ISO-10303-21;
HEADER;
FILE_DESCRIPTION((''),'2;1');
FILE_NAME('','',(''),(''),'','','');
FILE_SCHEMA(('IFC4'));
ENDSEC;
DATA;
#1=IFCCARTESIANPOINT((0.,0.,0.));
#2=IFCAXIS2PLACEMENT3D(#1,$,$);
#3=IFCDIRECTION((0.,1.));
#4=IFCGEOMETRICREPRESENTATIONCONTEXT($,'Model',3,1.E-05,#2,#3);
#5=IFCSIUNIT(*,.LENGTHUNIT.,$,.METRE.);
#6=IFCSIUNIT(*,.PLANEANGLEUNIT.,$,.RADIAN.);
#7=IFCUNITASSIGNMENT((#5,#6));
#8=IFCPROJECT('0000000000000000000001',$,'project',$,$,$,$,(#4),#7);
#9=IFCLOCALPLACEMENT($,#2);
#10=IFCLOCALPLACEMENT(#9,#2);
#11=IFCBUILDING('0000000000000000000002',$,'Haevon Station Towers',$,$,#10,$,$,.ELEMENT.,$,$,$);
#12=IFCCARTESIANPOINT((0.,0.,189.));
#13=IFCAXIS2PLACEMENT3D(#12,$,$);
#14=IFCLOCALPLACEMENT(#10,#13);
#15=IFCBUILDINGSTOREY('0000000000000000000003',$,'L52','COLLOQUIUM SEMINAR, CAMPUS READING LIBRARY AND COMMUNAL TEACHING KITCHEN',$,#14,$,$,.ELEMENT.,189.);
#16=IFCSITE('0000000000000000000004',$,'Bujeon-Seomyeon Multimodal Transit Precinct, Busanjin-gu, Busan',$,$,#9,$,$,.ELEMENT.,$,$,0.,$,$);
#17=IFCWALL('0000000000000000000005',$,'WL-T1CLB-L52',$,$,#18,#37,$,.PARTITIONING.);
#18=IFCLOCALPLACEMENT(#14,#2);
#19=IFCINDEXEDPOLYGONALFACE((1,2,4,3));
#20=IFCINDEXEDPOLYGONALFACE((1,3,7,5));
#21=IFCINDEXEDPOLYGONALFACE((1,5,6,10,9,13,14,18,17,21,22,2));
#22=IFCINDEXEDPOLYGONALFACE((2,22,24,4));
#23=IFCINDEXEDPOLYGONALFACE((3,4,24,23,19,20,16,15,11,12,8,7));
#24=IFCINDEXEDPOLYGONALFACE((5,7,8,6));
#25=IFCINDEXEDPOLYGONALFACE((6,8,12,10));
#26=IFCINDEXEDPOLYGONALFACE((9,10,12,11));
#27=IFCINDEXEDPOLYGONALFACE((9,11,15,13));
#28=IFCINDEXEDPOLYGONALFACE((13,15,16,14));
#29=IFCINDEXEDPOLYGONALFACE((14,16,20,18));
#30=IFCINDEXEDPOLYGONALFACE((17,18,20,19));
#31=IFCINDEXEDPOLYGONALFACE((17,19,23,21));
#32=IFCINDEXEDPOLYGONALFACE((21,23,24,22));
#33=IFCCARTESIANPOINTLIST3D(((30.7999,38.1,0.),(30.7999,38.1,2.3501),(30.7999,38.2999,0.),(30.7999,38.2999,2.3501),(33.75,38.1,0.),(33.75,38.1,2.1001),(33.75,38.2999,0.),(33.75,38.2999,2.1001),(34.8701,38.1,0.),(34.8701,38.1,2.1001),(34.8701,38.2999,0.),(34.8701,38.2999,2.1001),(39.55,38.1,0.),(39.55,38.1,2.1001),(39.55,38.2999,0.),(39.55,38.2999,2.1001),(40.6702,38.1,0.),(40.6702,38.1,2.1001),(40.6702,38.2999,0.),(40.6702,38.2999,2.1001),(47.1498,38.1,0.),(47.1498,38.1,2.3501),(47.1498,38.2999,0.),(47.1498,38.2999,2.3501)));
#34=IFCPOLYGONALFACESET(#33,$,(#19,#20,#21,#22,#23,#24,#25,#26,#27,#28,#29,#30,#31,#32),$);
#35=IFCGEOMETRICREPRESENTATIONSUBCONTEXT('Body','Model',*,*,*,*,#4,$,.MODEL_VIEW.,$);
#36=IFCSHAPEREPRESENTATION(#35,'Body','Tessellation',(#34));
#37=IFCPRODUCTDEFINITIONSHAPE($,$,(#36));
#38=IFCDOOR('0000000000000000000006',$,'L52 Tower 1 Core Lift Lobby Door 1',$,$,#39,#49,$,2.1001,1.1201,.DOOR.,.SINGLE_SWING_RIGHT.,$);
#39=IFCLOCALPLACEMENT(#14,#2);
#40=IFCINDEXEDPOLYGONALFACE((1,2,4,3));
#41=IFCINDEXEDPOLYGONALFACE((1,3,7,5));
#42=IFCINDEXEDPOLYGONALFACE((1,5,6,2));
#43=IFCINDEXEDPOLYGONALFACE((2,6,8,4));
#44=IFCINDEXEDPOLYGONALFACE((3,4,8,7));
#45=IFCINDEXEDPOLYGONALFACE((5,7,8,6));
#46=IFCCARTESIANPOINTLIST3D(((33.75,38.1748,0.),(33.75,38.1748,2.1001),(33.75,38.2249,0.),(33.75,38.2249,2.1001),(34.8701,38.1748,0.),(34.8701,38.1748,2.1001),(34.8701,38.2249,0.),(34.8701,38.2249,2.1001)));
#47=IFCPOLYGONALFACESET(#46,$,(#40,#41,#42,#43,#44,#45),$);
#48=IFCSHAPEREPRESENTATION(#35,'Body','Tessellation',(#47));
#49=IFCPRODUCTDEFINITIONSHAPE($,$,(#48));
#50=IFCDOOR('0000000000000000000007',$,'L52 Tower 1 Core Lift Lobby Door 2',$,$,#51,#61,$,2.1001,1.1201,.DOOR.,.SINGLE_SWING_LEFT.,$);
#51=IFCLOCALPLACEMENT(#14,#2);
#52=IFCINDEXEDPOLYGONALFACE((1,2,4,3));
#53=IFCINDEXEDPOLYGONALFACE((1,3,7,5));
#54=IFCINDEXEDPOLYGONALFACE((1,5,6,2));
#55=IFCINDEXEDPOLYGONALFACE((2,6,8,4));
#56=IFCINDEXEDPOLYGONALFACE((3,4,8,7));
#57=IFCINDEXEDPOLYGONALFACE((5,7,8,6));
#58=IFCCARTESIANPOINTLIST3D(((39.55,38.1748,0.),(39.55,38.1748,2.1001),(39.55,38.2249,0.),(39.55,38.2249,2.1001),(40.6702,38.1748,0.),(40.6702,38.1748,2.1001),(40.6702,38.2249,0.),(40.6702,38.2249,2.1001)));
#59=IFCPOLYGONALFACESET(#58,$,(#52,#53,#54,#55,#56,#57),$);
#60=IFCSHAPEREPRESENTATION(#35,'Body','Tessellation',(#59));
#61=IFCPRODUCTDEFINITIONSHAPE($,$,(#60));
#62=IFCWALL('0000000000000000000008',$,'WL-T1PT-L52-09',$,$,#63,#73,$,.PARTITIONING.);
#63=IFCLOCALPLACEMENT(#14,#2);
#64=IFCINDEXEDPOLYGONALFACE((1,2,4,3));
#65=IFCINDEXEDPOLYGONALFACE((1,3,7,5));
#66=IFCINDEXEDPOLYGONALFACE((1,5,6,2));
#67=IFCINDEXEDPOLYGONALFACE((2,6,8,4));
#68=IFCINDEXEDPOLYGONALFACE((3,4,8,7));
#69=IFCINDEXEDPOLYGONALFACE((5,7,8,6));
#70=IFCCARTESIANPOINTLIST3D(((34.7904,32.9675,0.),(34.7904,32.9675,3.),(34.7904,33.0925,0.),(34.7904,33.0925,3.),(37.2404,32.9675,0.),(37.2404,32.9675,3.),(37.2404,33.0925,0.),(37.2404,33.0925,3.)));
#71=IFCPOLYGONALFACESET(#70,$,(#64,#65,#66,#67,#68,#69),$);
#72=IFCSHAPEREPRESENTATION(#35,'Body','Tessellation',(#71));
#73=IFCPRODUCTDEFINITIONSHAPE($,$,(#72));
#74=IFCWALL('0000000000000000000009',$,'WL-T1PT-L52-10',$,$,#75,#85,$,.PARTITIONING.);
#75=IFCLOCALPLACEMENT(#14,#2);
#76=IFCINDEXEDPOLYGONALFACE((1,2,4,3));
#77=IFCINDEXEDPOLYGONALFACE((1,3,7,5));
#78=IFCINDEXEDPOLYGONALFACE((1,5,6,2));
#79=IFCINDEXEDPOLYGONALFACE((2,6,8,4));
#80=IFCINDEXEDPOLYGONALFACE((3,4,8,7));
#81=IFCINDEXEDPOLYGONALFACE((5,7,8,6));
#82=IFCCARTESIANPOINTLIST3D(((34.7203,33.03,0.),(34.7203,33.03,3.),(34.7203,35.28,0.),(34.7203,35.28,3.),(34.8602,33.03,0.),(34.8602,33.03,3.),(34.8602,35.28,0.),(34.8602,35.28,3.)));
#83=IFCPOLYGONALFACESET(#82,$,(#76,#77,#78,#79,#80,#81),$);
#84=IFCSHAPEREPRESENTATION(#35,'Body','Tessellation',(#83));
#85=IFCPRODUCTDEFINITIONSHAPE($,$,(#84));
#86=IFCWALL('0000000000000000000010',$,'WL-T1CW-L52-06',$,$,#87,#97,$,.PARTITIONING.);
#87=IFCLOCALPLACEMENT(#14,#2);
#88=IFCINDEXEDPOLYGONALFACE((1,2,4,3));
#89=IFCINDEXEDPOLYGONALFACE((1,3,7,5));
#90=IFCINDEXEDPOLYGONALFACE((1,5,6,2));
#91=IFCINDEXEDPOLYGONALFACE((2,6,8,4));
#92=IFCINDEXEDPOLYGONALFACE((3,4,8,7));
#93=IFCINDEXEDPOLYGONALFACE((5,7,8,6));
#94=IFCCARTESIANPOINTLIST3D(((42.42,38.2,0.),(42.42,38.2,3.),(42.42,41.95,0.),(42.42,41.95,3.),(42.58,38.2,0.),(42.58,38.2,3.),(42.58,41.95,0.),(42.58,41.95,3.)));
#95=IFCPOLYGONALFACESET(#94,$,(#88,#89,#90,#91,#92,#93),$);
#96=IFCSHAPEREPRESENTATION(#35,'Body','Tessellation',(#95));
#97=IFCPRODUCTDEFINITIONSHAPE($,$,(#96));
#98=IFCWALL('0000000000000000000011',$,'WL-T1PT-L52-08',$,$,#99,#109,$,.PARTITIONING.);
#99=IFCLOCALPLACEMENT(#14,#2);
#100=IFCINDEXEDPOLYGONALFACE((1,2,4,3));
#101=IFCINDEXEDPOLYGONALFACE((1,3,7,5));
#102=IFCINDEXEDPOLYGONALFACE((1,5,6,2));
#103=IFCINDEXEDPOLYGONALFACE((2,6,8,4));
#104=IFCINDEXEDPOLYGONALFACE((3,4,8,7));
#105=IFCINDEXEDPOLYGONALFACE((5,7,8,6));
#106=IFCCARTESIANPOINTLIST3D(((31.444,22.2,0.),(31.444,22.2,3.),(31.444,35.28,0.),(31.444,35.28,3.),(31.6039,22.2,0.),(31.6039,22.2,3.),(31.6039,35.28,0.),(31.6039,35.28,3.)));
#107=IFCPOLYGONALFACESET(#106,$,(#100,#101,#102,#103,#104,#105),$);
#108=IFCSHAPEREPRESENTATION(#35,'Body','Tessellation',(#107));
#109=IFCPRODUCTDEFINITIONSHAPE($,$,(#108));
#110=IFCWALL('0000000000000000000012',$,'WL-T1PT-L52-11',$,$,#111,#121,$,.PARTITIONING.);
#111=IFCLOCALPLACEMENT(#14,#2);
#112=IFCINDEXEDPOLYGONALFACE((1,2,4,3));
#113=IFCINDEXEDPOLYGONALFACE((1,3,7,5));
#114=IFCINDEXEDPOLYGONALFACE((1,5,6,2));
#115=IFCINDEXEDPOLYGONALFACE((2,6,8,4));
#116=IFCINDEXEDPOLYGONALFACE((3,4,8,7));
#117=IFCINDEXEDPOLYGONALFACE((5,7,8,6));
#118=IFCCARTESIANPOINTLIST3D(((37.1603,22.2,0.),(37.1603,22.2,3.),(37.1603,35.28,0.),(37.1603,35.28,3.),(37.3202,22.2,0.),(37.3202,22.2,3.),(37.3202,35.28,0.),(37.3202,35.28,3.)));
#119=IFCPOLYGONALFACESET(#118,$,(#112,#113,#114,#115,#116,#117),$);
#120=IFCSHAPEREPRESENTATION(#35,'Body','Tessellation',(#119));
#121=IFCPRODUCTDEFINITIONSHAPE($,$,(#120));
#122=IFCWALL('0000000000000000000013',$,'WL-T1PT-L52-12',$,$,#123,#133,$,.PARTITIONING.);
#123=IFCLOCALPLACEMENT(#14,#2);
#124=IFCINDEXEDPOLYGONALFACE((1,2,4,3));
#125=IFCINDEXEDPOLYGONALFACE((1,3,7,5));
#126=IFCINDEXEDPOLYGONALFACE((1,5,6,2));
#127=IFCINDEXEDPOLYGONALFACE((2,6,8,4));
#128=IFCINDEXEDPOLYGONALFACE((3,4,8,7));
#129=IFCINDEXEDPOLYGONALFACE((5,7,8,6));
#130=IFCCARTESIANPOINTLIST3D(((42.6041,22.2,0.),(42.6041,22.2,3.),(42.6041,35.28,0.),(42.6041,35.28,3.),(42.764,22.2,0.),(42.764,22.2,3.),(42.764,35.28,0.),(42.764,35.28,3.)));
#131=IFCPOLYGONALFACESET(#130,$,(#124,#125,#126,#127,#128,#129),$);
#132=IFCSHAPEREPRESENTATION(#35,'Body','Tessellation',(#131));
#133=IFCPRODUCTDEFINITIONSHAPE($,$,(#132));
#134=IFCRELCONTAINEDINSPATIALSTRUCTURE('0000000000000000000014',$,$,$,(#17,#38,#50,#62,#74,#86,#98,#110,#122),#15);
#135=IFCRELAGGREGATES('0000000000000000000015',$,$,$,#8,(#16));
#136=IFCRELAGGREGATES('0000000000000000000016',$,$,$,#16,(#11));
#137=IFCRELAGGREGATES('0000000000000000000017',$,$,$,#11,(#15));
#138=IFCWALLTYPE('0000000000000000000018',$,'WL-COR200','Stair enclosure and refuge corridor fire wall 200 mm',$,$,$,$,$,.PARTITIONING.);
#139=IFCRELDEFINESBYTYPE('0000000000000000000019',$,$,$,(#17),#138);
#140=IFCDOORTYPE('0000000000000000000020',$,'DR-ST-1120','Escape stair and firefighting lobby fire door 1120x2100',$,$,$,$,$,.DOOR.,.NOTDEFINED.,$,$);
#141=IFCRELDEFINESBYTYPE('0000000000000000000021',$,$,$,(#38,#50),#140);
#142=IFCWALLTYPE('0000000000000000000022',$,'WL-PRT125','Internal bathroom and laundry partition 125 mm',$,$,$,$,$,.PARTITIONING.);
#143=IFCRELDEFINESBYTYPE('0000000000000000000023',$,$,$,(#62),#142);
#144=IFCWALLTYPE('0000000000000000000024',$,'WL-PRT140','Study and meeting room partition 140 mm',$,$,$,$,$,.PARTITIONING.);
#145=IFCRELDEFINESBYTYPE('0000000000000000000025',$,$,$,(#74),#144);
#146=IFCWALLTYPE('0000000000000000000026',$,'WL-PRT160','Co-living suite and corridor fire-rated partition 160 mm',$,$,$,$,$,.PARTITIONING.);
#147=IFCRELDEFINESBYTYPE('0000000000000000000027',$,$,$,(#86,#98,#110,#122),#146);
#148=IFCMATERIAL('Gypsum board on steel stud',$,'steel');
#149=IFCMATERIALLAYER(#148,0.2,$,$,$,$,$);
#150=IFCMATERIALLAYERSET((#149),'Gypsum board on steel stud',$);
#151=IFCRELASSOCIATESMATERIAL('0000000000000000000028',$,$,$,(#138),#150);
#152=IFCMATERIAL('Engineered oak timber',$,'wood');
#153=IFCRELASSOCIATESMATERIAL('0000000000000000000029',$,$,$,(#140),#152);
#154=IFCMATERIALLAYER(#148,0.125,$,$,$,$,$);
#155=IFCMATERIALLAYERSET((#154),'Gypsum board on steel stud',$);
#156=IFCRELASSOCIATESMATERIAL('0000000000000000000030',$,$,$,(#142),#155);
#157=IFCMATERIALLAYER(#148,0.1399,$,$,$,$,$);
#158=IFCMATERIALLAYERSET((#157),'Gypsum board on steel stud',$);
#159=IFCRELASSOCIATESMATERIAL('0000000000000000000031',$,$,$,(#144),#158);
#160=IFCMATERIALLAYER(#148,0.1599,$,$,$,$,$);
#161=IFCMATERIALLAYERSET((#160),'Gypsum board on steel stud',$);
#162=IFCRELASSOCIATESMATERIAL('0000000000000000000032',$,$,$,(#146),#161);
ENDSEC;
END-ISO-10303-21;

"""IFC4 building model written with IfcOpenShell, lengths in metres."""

from ifc_helpers import new_model, si_unit, direction, frame, frame_2d, origin, place, context, subcontext, project, spatial, rectangle, extrude, material, layer, layer_set, type_object, element, fill, save


model = new_model("IFC4")

# Units and contexts
model_context = context("Model", 3, precision=1e-05, world=origin(), true_north=direction((0.0, 1.0)))
body_context = subcontext(model_context, "Body", "Model", "MODEL_VIEW")
ifc_project = project(units=[si_unit("LENGTHUNIT", "METRE"), si_unit("PLANEANGLEUNIT", "RADIAN")], contexts=[model_context])

# Site, building, storey
site_placement = place(None, origin())
site = spatial("IfcSite", under=ifc_project, at=site_placement, Name="Bujeon-Seomyeon Multimodal Transit Precinct, Busanjin-gu, Busan", CompositionType="ELEMENT", RefElevation=0.0)
building_placement = place(site_placement, origin())
building = spatial("IfcBuilding", under=site, at=building_placement, Name="Haevon Station Towers", CompositionType="ELEMENT")
storey_placement = place(building_placement, frame((0.0, 0.0, 189.0)))
storey = spatial("IfcBuildingStorey", under=building, at=storey_placement, Name="L52", Description="COLLOQUIUM SEMINAR, CAMPUS READING LIBRARY AND COMMUNAL TEACHING KITCHEN", CompositionType="ELEMENT", Elevation=189.0)

# Shared definitions
ifc_material_1 = material(Name="Gypsum board on steel stud", Category="steel")
ifc_layer_1 = layer(ifc_material_1, 0.2)
ifc_layer_set_1 = layer_set([ifc_layer_1], Name="Gypsum board on steel stud")
wall_type_1 = type_object("IfcWallType", Name="WL-COR200", Description="Stair enclosure and refuge corridor fire wall 200 mm", PredefinedType="PARTITIONING", material=ifc_layer_set_1)
ifc_material_2 = material(Name="Engineered oak timber", Category="wood")

# Wall, openings, doors
wall_1_placement = place(storey_placement, frame((30.8, 38.2, 0.0), z_axis=(0.0, 0.0, 1.0), x_axis=(1.0, 0.0, 0.0)))
wall_1 = element("IfcWall", 1, at=wall_1_placement, inside=storey, type_object=wall_type_1, Name="WL-T1CLB-L52", PredefinedType="PARTITIONING", context=body_context, shape_type="SweptSolid", body=[
    extrude(rectangle(XDim=16.3499, YDim=0.2, at=frame_2d((8.1748, 0.0))), origin(), (0.0, 0.0, 1.0), 2.3501),
])
opening_1_placement = place(wall_1_placement, frame((2.95, 0.0, 0.0)))
opening_1 = element("IfcOpeningElement", 2, at=opening_1_placement, cuts=wall_1, PredefinedType="OPENING", context=body_context, shape_type="SweptSolid", body=[
    extrude(rectangle(XDim=1.1201, YDim=2.1001, at=frame_2d((0.5601, 1.05))), frame((0.0, 0.1099, 0.0), z_axis=(0.0, -1.0, 0.0), x_axis=(1.0, 0.0, 0.0)), (0.0, 0.0, 1.0), 0.22),
])
opening_2_placement = place(wall_1_placement, frame((8.75, 0.0, 0.0)))
opening_2 = element("IfcOpeningElement", 3, at=opening_2_placement, cuts=wall_1, PredefinedType="OPENING", context=body_context, shape_type="SweptSolid", body=[
    extrude(rectangle(XDim=1.1201, YDim=2.1001, at=frame_2d((0.5601, 1.05))), frame((0.0, 0.1099, 0.0), z_axis=(0.0, -1.0, 0.0), x_axis=(1.0, 0.0, 0.0)), (0.0, 0.0, 1.0), 0.22),
])
door_type_1 = type_object("IfcDoorType", Name="DR-ST-1120", Description="Escape stair and firefighting lobby fire door 1120x2100", OperationType="NOTDEFINED", PredefinedType="DOOR", material=ifc_material_2)
door_1_placement = place(opening_1_placement, origin())
door_1 = element("IfcDoor", 4, at=door_1_placement, inside=storey, type_object=door_type_1, Name="L52 Tower 1 Core Lift Lobby Door 1", OperationType="SINGLE_SWING_RIGHT", OverallHeight=2.1001, OverallWidth=1.1201, PredefinedType="DOOR", context=body_context, shape_type="SweptSolid", body=[
    extrude(rectangle(XDim=1.1201, YDim=2.1001, at=frame_2d((0.5601, 1.05))), frame((0.0, 0.0249, 0.0), z_axis=(0.0, -1.0, 0.0), x_axis=(1.0, 0.0, 0.0)), (0.0, 0.0, 1.0), 0.05),
])
fill(opening_1, door_1)
door_2_placement = place(opening_2_placement, origin())
door_2 = element("IfcDoor", 5, at=door_2_placement, inside=storey, type_object=door_type_1, Name="L52 Tower 1 Core Lift Lobby Door 2", OperationType="SINGLE_SWING_LEFT", OverallHeight=2.1001, OverallWidth=1.1201, PredefinedType="DOOR", context=body_context, shape_type="SweptSolid", body=[
    extrude(rectangle(XDim=1.1201, YDim=2.1001, at=frame_2d((0.5601, 1.05))), frame((0.0, 0.0249, 0.0), z_axis=(0.0, -1.0, 0.0), x_axis=(1.0, 0.0, 0.0)), (0.0, 0.0, 1.0), 0.05),
])
fill(opening_2, door_2)

# Walls
ifc_layer_2 = layer(ifc_material_1, 0.125)
ifc_layer_set_2 = layer_set([ifc_layer_2], Name="Gypsum board on steel stud")
wall_type_2 = type_object("IfcWallType", Name="WL-PRT125", Description="Internal bathroom and laundry partition 125 mm", PredefinedType="PARTITIONING", material=ifc_layer_set_2)
wall_2_placement = place(storey_placement, frame((34.7903, 33.03, 0.0), z_axis=(0.0, 0.0, 1.0), x_axis=(1.0, 0.0, 0.0)))
element("IfcWall", 6, at=wall_2_placement, inside=storey, type_object=wall_type_2, Name="WL-T1PT-L52-09", PredefinedType="PARTITIONING", context=body_context, shape_type="SweptSolid", body=[
    extrude(rectangle(XDim=2.45, YDim=0.125, at=frame_2d((1.2251, 0.0))), origin(), (0.0, 0.0, 1.0), 3.0),
])
ifc_layer_3 = layer(ifc_material_1, 0.1399)
ifc_layer_set_3 = layer_set([ifc_layer_3], Name="Gypsum board on steel stud")
wall_type_3 = type_object("IfcWallType", Name="WL-PRT140", Description="Study and meeting room partition 140 mm", PredefinedType="PARTITIONING", material=ifc_layer_set_3)
wall_3_placement = place(storey_placement, frame((34.7903, 33.03, 0.0), z_axis=(0.0, 0.0, 1.0), x_axis=(0.0, 1.0, 0.0)))
element("IfcWall", 7, at=wall_3_placement, inside=storey, type_object=wall_type_3, Name="WL-T1PT-L52-10", PredefinedType="PARTITIONING", context=body_context, shape_type="SweptSolid", body=[
    extrude(rectangle(XDim=2.25, YDim=0.1399, at=frame_2d((1.125, 0.0))), origin(), (0.0, 0.0, 1.0), 3.0),
])
ifc_layer_4 = layer(ifc_material_1, 0.1599)
ifc_layer_set_4 = layer_set([ifc_layer_4], Name="Gypsum board on steel stud")
wall_type_4 = type_object("IfcWallType", Name="WL-PRT160", Description="Co-living suite and corridor fire-rated partition 160 mm", PredefinedType="PARTITIONING", material=ifc_layer_set_4)
wall_4_placement = place(storey_placement, frame((42.5, 38.2, 0.0), z_axis=(0.0, 0.0, 1.0), x_axis=(0.0, 1.0, 0.0)))
element("IfcWall", 8, at=wall_4_placement, inside=storey, type_object=wall_type_4, Name="WL-T1CW-L52-06", PredefinedType="PARTITIONING", context=body_context, shape_type="SweptSolid", body=[
    extrude(rectangle(XDim=3.75, YDim=0.1599, at=frame_2d((1.875, 0.0))), origin(), (0.0, 0.0, 1.0), 3.0),
])
for number, where, z_axis, x_axis, name in (
    (9, (31.5239, 22.2, 0.0), (0.0, 0.0, 1.0), (0.0, 1.0, 0.0), "WL-T1PT-L52-08"),
    (10, (37.2402, 22.2, 0.0), (0.0, 0.0, 1.0), (0.0, 1.0, 0.0), "WL-T1PT-L52-11"),
    (11, (42.6841, 22.2, 0.0), (0.0, 0.0, 1.0), (0.0, 1.0, 0.0), "WL-T1PT-L52-12"),
):
    element("IfcWall", number, at=place(storey_placement, frame(where, z_axis=z_axis, x_axis=x_axis)), inside=storey, type_object=wall_type_4, Name=name, PredefinedType="PARTITIONING", context=body_context, shape_type="SweptSolid", body=[
        extrude(rectangle(XDim=13.0801, YDim=0.1599, at=frame_2d((6.54, 0.0))), origin(), (0.0, 0.0, 1.0), 3.0),
    ])

save(model, "model.ifc")
